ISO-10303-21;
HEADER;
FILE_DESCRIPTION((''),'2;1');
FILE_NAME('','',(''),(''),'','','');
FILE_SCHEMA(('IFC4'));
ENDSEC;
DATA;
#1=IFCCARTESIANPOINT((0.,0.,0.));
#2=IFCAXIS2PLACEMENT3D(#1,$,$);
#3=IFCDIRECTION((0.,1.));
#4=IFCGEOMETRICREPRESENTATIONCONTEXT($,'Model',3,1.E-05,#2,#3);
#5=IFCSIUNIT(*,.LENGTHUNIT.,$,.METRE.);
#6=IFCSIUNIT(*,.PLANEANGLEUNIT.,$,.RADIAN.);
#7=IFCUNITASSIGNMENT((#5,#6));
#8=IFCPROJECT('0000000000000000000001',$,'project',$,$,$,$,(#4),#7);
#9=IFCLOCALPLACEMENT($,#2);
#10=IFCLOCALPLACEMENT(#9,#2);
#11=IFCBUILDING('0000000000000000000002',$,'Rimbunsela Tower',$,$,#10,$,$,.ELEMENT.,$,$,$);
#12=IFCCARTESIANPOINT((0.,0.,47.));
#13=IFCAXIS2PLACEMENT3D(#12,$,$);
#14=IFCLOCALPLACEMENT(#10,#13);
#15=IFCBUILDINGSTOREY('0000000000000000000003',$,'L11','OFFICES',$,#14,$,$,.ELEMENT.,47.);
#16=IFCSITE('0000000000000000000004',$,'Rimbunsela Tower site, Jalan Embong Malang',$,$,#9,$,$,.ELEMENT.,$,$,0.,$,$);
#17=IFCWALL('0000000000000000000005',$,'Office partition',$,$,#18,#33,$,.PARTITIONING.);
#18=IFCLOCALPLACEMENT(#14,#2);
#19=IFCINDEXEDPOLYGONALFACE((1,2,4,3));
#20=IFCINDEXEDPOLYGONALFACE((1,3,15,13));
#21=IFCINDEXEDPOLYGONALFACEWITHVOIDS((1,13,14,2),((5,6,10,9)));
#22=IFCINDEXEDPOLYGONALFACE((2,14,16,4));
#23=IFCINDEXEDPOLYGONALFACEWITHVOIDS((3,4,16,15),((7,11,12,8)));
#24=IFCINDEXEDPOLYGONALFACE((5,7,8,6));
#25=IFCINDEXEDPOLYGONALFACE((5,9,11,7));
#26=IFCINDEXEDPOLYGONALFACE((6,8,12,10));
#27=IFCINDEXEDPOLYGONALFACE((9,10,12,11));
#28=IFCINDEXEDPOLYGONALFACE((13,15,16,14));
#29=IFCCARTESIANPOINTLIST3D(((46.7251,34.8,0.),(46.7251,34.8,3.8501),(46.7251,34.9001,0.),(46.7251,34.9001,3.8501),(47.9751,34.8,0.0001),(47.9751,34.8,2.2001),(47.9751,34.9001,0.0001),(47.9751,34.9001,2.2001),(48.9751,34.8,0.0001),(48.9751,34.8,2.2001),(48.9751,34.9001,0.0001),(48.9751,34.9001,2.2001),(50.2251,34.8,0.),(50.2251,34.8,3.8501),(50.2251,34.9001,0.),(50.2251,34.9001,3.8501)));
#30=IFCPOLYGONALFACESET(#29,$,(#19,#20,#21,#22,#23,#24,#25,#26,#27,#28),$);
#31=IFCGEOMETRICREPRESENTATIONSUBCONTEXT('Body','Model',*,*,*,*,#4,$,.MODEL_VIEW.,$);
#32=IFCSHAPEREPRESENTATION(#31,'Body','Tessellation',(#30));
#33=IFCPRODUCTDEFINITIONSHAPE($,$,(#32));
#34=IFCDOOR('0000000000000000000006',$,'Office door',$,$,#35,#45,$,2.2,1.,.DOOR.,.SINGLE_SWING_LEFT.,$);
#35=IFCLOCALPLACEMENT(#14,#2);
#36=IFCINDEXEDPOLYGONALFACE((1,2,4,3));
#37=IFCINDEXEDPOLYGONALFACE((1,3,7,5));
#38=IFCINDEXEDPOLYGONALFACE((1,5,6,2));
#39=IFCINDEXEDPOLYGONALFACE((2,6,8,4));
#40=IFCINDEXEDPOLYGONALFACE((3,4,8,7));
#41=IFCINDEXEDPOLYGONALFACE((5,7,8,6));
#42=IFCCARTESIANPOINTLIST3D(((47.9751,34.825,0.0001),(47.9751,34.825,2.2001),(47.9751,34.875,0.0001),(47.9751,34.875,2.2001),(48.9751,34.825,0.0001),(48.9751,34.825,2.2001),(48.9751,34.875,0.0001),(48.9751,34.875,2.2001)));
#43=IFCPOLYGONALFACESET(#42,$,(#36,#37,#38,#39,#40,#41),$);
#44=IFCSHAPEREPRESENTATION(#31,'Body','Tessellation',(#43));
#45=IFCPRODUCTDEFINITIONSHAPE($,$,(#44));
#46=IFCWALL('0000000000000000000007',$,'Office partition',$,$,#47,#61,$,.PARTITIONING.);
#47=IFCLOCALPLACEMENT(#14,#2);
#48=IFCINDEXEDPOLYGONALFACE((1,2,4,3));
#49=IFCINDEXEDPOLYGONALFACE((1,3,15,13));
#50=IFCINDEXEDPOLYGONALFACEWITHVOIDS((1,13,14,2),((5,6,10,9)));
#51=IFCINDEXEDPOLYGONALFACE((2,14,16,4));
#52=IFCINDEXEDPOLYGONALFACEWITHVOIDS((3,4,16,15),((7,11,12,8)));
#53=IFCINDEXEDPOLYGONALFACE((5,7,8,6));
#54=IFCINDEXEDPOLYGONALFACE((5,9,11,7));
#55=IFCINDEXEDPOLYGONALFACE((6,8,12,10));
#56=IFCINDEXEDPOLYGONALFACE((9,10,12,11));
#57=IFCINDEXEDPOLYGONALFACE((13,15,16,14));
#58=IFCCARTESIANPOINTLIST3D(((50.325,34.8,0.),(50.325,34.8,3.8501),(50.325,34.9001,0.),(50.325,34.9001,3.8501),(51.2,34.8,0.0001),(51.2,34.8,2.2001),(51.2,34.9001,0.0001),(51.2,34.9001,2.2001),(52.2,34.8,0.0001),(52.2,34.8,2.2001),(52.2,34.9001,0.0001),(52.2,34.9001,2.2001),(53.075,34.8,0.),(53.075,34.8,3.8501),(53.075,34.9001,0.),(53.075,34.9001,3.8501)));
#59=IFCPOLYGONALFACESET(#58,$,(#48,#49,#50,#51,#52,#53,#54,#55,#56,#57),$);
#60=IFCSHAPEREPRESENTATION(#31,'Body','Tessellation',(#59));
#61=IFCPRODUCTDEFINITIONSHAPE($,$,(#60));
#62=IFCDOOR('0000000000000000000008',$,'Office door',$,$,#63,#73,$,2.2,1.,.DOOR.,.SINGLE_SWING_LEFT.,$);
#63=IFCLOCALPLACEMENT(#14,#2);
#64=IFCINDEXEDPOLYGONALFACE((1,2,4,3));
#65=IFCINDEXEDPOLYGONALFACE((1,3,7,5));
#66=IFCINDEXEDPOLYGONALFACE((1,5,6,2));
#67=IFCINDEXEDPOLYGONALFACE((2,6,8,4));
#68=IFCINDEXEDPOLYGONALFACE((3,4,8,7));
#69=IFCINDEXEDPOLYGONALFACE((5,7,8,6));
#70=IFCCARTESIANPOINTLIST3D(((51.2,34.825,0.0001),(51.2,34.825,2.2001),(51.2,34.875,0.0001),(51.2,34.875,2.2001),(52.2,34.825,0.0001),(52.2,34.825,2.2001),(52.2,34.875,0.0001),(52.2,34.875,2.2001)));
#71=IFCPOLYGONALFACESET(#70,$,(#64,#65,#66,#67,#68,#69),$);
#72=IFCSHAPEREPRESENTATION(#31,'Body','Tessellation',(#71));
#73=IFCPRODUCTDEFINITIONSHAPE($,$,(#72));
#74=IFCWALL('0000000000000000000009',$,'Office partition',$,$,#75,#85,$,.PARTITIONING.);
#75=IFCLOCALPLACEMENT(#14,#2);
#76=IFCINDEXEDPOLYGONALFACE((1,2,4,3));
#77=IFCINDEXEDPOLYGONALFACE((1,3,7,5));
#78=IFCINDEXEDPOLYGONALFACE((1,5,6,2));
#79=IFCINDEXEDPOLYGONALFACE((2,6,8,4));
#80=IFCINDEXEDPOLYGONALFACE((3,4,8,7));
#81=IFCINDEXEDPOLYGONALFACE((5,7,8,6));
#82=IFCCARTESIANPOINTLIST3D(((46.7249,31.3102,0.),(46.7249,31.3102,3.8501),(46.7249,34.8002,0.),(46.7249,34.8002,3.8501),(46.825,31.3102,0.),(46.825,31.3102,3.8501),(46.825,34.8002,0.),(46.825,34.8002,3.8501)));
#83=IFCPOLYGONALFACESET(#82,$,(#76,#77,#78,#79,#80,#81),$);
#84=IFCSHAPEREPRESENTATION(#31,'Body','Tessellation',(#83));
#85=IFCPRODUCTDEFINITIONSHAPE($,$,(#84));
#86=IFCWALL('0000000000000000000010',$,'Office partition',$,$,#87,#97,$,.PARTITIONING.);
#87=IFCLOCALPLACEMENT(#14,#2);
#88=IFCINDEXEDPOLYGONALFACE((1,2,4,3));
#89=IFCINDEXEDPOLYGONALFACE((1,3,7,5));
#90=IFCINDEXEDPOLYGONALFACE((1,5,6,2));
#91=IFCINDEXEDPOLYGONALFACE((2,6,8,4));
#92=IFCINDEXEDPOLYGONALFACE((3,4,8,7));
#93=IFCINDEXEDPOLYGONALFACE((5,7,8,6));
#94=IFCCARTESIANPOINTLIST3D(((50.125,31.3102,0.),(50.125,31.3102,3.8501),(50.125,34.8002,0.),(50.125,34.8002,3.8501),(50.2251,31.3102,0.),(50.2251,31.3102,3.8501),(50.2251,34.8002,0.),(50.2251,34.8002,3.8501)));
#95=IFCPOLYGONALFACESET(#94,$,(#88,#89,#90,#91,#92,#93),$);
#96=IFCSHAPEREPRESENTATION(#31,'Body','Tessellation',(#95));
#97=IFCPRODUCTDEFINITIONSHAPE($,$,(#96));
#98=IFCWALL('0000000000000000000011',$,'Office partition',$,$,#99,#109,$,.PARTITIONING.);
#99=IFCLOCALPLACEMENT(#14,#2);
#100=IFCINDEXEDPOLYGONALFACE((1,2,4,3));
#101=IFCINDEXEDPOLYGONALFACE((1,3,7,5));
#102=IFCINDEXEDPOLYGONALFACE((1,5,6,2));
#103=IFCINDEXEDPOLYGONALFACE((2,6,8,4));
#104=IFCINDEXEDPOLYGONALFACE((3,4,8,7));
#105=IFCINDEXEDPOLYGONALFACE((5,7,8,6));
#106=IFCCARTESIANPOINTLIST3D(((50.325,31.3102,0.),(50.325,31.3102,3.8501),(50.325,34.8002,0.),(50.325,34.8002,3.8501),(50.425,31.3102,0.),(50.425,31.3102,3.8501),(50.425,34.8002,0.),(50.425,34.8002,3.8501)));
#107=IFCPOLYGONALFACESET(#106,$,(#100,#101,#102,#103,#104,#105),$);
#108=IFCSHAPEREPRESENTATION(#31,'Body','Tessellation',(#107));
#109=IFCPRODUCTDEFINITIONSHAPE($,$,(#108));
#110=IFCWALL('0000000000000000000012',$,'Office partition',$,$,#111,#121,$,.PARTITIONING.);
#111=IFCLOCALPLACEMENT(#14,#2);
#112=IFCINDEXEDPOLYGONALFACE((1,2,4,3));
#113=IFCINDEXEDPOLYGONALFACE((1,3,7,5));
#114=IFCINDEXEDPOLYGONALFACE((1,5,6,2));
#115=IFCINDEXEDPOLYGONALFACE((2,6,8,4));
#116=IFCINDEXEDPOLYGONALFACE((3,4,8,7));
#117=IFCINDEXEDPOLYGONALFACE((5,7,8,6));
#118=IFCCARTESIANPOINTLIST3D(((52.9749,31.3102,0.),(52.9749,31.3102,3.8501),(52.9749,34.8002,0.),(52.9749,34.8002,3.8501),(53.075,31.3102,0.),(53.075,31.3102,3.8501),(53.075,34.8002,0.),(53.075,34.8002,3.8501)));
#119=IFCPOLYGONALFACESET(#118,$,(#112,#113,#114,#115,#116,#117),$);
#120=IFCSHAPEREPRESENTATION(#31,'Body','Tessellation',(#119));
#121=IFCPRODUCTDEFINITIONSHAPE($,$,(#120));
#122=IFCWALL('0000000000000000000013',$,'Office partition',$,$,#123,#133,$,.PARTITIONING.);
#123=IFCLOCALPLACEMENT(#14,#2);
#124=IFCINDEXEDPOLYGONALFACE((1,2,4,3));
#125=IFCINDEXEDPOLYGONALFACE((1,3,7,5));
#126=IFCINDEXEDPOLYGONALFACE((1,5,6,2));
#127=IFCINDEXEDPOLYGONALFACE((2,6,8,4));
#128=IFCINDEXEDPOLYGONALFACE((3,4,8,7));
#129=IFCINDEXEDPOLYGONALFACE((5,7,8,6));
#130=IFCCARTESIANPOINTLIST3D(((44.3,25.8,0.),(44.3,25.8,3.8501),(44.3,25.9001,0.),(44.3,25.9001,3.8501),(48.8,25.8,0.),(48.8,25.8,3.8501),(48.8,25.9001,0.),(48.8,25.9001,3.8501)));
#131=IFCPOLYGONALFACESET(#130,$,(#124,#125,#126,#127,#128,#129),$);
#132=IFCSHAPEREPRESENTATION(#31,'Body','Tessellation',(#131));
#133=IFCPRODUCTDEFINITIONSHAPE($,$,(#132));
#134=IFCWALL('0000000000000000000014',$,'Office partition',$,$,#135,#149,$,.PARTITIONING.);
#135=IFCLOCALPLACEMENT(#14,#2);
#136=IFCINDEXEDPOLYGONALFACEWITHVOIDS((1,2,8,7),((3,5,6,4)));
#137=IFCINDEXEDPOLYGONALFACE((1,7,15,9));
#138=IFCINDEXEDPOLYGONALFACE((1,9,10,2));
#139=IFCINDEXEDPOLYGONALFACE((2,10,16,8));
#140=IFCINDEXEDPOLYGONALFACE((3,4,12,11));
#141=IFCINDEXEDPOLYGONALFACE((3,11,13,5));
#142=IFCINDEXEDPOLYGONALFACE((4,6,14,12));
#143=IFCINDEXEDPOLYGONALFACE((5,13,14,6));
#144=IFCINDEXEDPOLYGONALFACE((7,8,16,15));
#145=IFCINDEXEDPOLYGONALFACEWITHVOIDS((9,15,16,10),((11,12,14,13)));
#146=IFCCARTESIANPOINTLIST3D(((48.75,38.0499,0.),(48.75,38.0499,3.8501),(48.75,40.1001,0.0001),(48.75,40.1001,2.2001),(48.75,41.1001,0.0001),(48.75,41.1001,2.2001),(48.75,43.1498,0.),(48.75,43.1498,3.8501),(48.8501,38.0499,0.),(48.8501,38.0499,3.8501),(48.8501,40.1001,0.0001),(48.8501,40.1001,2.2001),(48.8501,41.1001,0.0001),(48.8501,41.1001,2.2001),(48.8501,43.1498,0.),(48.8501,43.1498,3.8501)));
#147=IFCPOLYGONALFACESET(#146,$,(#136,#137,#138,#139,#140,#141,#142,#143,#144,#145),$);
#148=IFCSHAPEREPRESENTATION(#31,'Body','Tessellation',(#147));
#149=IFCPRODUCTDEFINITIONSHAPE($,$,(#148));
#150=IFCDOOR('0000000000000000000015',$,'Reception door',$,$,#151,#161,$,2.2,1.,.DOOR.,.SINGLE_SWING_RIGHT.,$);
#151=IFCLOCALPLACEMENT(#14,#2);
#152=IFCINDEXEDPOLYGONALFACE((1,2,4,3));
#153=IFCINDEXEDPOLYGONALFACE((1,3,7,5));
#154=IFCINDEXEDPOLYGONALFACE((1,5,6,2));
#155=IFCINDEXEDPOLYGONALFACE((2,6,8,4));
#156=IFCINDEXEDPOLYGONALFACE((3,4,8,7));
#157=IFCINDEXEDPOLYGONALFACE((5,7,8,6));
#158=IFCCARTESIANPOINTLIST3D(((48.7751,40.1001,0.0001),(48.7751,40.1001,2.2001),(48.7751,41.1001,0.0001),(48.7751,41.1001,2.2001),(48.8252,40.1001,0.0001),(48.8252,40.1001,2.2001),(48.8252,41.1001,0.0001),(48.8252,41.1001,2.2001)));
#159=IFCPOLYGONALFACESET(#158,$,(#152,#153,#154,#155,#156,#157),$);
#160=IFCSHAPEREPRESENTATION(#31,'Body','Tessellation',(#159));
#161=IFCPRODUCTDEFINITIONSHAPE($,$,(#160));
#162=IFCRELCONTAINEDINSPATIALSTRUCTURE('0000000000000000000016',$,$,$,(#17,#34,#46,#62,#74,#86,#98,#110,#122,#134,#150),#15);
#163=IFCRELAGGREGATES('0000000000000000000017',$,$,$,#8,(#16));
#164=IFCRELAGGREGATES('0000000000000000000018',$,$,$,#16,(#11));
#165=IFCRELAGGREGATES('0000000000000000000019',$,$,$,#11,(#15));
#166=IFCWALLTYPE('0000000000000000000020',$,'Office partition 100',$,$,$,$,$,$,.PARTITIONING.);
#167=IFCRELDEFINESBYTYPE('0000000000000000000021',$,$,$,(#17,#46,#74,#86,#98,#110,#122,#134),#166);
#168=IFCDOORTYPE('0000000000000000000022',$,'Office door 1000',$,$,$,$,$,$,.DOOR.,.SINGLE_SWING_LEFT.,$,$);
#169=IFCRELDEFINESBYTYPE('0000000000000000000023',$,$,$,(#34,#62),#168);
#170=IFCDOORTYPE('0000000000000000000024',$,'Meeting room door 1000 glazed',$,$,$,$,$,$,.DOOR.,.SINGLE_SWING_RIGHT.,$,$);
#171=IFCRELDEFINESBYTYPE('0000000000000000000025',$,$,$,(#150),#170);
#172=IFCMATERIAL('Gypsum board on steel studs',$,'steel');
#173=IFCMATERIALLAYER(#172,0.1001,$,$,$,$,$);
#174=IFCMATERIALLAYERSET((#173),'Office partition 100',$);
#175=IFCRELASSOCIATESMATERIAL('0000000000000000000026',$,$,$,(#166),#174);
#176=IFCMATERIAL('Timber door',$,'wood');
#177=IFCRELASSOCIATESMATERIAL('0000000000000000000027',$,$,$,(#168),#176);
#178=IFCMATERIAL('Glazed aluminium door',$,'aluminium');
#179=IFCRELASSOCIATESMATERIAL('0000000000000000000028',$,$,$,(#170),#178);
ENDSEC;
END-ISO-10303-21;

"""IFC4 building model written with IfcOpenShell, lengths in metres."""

from ifc_helpers import new_model, si_unit, direction, frame, frame_2d, origin, place, context, subcontext, project, spatial, rectangle, extrude, material, layer, layer_set, type_object, element, fill, save


model = new_model("IFC4")

# Units and contexts
model_context = context("Model", 3, precision=1e-05, world=origin(), true_north=direction((0.0, 1.0)))
body_context = subcontext(model_context, "Body", "Model", "MODEL_VIEW")
ifc_project = project(units=[si_unit("LENGTHUNIT", "METRE"), si_unit("PLANEANGLEUNIT", "RADIAN")], contexts=[model_context])

# Site, building, storey
site_placement = place(None, origin())
site = spatial("IfcSite", under=ifc_project, at=site_placement, Name="Rimbunsela Tower site, Jalan Embong Malang", CompositionType="ELEMENT", RefElevation=0.0)
building_placement = place(site_placement, origin())
building = spatial("IfcBuilding", under=site, at=building_placement, Name="Rimbunsela Tower", CompositionType="ELEMENT")
storey_placement = place(building_placement, frame((0.0, 0.0, 47.0)))
storey = spatial("IfcBuildingStorey", under=building, at=storey_placement, Name="L11", Description="OFFICES", CompositionType="ELEMENT", Elevation=47.0)

# Walls, openings, doors
ifc_material_1 = material(Name="Gypsum board on steel studs", Category="steel")
ifc_layer_1 = layer(ifc_material_1, 0.1001)
ifc_layer_set_1 = layer_set([ifc_layer_1], Name="Office partition 100")
wall_type_1 = type_object("IfcWallType", Name="Office partition 100", PredefinedType="PARTITIONING", material=ifc_layer_set_1)
wall_1_placement = place(storey_placement, frame((46.7251, 34.8501, 0.0), z_axis=(0.0, 0.0, 1.0), x_axis=(1.0, 0.0, 0.0)))
wall_1 = element("IfcWall", 1, at=wall_1_placement, inside=storey, type_object=wall_type_1, Name="Office partition", PredefinedType="PARTITIONING", context=body_context, shape_type="SweptSolid", body=[
    extrude(rectangle(XDim=3.5, YDim=0.1001, at=frame_2d((1.75, 0.0))), origin(), (0.0, 0.0, 1.0), 3.8501),
])
opening_1_placement = place(wall_1_placement, frame((1.25, 0.0, 0.0)))
opening_1 = element("IfcOpeningElement", 2, at=opening_1_placement, cuts=wall_1, PredefinedType="OPENING", context=body_context, shape_type="SweptSolid", body=[
    extrude(rectangle(XDim=1.0, YDim=2.2, at=frame_2d((0.5, 1.1001))), frame((0.0, 0.0601, 0.0), z_axis=(0.0, -1.0, 0.0), x_axis=(1.0, 0.0, 0.0)), (0.0, 0.0, 1.0), 0.1201),
])
ifc_material_2 = material(Name="Timber door", Category="wood")
door_type_1 = type_object("IfcDoorType", Name="Office door 1000", OperationType="SINGLE_SWING_LEFT", PredefinedType="DOOR", material=ifc_material_2)
door_1_placement = place(opening_1_placement, origin())
door_1 = element("IfcDoor", 3, at=door_1_placement, inside=storey, type_object=door_type_1, Name="Office door", OperationType="SINGLE_SWING_LEFT", OverallHeight=2.2, OverallWidth=1.0, PredefinedType="DOOR", context=body_context, shape_type="SweptSolid", body=[
    extrude(rectangle(XDim=1.0, YDim=2.2, at=frame_2d((0.5, 1.1001))), frame((0.0, 0.0249, 0.0), z_axis=(0.0, -1.0, 0.0), x_axis=(1.0, 0.0, 0.0)), (0.0, 0.0, 1.0), 0.05),
])
fill(opening_1, door_1)
wall_2_placement = place(storey_placement, frame((50.325, 34.8501, 0.0), z_axis=(0.0, 0.0, 1.0), x_axis=(1.0, 0.0, 0.0)))
wall_2 = element("IfcWall", 4, at=wall_2_placement, inside=storey, type_object=wall_type_1, Name="Office partition", PredefinedType="PARTITIONING", context=body_context, shape_type="SweptSolid", body=[
    extrude(rectangle(XDim=2.75, YDim=0.1001, at=frame_2d((1.375, 0.0))), origin(), (0.0, 0.0, 1.0), 3.8501),
])
opening_2_placement = place(wall_2_placement, frame((0.875, 0.0, 0.0)))
opening_2 = element("IfcOpeningElement", 5, at=opening_2_placement, cuts=wall_2, PredefinedType="OPENING", context=body_context, shape_type="SweptSolid", body=[
    extrude(rectangle(XDim=1.0, YDim=2.2, at=frame_2d((0.5, 1.1001))), frame((0.0, 0.0601, 0.0), z_axis=(0.0, -1.0, 0.0), x_axis=(1.0, 0.0, 0.0)), (0.0, 0.0, 1.0), 0.1201),
])
door_2_placement = place(opening_2_placement, origin())
door_2 = element("IfcDoor", 6, at=door_2_placement, inside=storey, type_object=door_type_1, Name="Office door", OperationType="SINGLE_SWING_LEFT", OverallHeight=2.2, OverallWidth=1.0, PredefinedType="DOOR", context=body_context, shape_type="SweptSolid", body=[
    extrude(rectangle(XDim=1.0, YDim=2.2, at=frame_2d((0.5, 1.1001))), frame((0.0, 0.0249, 0.0), z_axis=(0.0, -1.0, 0.0), x_axis=(1.0, 0.0, 0.0)), (0.0, 0.0, 1.0), 0.05),
])
fill(opening_2, door_2)

# Walls
for number, where, z_axis, x_axis, name in (
    (7, (46.7749, 31.3101, 0.0), (0.0, 0.0, 1.0), (0.0, 1.0, 0.0), "Office partition"),
    (8, (50.175, 31.3101, 0.0), (0.0, 0.0, 1.0), (0.0, 1.0, 0.0), "Office partition"),
    (9, (50.375, 31.3101, 0.0), (0.0, 0.0, 1.0), (0.0, 1.0, 0.0), "Office partition"),
    (10, (53.0249, 31.3101, 0.0), (0.0, 0.0, 1.0), (0.0, 1.0, 0.0), "Office partition"),
):
    element("IfcWall", number, at=place(storey_placement, frame(where, z_axis=z_axis, x_axis=x_axis)), inside=storey, type_object=wall_type_1, Name=name, PredefinedType="PARTITIONING", context=body_context, shape_type="SweptSolid", body=[
        extrude(rectangle(XDim=3.49, YDim=0.1001, at=frame_2d((1.7451, 0.0))), origin(), (0.0, 0.0, 1.0), 3.8501),
    ])
wall_3_placement = place(storey_placement, frame((48.8, 25.8501, 0.0), z_axis=(0.0, 0.0, 1.0), x_axis=(-1.0, 0.0, 0.0)))
element("IfcWall", 11, at=wall_3_placement, inside=storey, type_object=wall_type_1, Name="Office partition", PredefinedType="PARTITIONING", context=body_context, shape_type="SweptSolid", body=[
    extrude(rectangle(XDim=4.5, YDim=0.1001, at=frame_2d((2.25, 0.0))), origin(), (0.0, 0.0, 1.0), 3.8501),
])

# Wall, opening, door
wall_4_placement = place(storey_placement, frame((48.8, 38.05, 0.0), z_axis=(0.0, 0.0, 1.0), x_axis=(0.0, 1.0, 0.0)))
wall_4 = element("IfcWall", 12, at=wall_4_placement, inside=storey, type_object=wall_type_1, Name="Office partition", PredefinedType="PARTITIONING", context=body_context, shape_type="SweptSolid", body=[
    extrude(rectangle(XDim=5.0999, YDim=0.1001, at=frame_2d((2.5498, 0.0))), origin(), (0.0, 0.0, 1.0), 3.8501),
])
opening_3_placement = place(wall_4_placement, frame((2.05, 0.0, 0.0)))
opening_3 = element("IfcOpeningElement", 13, at=opening_3_placement, cuts=wall_4, PredefinedType="OPENING", context=body_context, shape_type="SweptSolid", body=[
    extrude(rectangle(XDim=1.0, YDim=2.2, at=frame_2d((0.5, 1.1001))), frame((0.0, 0.0601, 0.0), z_axis=(0.0, -1.0, 0.0), x_axis=(1.0, 0.0, 0.0)), (0.0, 0.0, 1.0), 0.1201),
])
ifc_material_3 = material(Name="Glazed aluminium door", Category="aluminium")
door_type_2 = type_object("IfcDoorType", Name="Meeting room door 1000 glazed", OperationType="SINGLE_SWING_RIGHT", PredefinedType="DOOR", material=ifc_material_3)
door_3_placement = place(opening_3_placement, origin())
door_3 = element("IfcDoor", 14, at=door_3_placement, inside=storey, type_object=door_type_2, Name="Reception door", OperationType="SINGLE_SWING_RIGHT", OverallHeight=2.2, OverallWidth=1.0, PredefinedType="DOOR", context=body_context, shape_type="SweptSolid", body=[
    extrude(rectangle(XDim=1.0, YDim=2.2, at=frame_2d((0.5, 1.1001))), frame((0.0, 0.0249, 0.0), z_axis=(0.0, -1.0, 0.0), x_axis=(1.0, 0.0, 0.0)), (0.0, 0.0, 1.0), 0.05),
])
fill(opening_3, door_3)

save(model, "model.ifc")
